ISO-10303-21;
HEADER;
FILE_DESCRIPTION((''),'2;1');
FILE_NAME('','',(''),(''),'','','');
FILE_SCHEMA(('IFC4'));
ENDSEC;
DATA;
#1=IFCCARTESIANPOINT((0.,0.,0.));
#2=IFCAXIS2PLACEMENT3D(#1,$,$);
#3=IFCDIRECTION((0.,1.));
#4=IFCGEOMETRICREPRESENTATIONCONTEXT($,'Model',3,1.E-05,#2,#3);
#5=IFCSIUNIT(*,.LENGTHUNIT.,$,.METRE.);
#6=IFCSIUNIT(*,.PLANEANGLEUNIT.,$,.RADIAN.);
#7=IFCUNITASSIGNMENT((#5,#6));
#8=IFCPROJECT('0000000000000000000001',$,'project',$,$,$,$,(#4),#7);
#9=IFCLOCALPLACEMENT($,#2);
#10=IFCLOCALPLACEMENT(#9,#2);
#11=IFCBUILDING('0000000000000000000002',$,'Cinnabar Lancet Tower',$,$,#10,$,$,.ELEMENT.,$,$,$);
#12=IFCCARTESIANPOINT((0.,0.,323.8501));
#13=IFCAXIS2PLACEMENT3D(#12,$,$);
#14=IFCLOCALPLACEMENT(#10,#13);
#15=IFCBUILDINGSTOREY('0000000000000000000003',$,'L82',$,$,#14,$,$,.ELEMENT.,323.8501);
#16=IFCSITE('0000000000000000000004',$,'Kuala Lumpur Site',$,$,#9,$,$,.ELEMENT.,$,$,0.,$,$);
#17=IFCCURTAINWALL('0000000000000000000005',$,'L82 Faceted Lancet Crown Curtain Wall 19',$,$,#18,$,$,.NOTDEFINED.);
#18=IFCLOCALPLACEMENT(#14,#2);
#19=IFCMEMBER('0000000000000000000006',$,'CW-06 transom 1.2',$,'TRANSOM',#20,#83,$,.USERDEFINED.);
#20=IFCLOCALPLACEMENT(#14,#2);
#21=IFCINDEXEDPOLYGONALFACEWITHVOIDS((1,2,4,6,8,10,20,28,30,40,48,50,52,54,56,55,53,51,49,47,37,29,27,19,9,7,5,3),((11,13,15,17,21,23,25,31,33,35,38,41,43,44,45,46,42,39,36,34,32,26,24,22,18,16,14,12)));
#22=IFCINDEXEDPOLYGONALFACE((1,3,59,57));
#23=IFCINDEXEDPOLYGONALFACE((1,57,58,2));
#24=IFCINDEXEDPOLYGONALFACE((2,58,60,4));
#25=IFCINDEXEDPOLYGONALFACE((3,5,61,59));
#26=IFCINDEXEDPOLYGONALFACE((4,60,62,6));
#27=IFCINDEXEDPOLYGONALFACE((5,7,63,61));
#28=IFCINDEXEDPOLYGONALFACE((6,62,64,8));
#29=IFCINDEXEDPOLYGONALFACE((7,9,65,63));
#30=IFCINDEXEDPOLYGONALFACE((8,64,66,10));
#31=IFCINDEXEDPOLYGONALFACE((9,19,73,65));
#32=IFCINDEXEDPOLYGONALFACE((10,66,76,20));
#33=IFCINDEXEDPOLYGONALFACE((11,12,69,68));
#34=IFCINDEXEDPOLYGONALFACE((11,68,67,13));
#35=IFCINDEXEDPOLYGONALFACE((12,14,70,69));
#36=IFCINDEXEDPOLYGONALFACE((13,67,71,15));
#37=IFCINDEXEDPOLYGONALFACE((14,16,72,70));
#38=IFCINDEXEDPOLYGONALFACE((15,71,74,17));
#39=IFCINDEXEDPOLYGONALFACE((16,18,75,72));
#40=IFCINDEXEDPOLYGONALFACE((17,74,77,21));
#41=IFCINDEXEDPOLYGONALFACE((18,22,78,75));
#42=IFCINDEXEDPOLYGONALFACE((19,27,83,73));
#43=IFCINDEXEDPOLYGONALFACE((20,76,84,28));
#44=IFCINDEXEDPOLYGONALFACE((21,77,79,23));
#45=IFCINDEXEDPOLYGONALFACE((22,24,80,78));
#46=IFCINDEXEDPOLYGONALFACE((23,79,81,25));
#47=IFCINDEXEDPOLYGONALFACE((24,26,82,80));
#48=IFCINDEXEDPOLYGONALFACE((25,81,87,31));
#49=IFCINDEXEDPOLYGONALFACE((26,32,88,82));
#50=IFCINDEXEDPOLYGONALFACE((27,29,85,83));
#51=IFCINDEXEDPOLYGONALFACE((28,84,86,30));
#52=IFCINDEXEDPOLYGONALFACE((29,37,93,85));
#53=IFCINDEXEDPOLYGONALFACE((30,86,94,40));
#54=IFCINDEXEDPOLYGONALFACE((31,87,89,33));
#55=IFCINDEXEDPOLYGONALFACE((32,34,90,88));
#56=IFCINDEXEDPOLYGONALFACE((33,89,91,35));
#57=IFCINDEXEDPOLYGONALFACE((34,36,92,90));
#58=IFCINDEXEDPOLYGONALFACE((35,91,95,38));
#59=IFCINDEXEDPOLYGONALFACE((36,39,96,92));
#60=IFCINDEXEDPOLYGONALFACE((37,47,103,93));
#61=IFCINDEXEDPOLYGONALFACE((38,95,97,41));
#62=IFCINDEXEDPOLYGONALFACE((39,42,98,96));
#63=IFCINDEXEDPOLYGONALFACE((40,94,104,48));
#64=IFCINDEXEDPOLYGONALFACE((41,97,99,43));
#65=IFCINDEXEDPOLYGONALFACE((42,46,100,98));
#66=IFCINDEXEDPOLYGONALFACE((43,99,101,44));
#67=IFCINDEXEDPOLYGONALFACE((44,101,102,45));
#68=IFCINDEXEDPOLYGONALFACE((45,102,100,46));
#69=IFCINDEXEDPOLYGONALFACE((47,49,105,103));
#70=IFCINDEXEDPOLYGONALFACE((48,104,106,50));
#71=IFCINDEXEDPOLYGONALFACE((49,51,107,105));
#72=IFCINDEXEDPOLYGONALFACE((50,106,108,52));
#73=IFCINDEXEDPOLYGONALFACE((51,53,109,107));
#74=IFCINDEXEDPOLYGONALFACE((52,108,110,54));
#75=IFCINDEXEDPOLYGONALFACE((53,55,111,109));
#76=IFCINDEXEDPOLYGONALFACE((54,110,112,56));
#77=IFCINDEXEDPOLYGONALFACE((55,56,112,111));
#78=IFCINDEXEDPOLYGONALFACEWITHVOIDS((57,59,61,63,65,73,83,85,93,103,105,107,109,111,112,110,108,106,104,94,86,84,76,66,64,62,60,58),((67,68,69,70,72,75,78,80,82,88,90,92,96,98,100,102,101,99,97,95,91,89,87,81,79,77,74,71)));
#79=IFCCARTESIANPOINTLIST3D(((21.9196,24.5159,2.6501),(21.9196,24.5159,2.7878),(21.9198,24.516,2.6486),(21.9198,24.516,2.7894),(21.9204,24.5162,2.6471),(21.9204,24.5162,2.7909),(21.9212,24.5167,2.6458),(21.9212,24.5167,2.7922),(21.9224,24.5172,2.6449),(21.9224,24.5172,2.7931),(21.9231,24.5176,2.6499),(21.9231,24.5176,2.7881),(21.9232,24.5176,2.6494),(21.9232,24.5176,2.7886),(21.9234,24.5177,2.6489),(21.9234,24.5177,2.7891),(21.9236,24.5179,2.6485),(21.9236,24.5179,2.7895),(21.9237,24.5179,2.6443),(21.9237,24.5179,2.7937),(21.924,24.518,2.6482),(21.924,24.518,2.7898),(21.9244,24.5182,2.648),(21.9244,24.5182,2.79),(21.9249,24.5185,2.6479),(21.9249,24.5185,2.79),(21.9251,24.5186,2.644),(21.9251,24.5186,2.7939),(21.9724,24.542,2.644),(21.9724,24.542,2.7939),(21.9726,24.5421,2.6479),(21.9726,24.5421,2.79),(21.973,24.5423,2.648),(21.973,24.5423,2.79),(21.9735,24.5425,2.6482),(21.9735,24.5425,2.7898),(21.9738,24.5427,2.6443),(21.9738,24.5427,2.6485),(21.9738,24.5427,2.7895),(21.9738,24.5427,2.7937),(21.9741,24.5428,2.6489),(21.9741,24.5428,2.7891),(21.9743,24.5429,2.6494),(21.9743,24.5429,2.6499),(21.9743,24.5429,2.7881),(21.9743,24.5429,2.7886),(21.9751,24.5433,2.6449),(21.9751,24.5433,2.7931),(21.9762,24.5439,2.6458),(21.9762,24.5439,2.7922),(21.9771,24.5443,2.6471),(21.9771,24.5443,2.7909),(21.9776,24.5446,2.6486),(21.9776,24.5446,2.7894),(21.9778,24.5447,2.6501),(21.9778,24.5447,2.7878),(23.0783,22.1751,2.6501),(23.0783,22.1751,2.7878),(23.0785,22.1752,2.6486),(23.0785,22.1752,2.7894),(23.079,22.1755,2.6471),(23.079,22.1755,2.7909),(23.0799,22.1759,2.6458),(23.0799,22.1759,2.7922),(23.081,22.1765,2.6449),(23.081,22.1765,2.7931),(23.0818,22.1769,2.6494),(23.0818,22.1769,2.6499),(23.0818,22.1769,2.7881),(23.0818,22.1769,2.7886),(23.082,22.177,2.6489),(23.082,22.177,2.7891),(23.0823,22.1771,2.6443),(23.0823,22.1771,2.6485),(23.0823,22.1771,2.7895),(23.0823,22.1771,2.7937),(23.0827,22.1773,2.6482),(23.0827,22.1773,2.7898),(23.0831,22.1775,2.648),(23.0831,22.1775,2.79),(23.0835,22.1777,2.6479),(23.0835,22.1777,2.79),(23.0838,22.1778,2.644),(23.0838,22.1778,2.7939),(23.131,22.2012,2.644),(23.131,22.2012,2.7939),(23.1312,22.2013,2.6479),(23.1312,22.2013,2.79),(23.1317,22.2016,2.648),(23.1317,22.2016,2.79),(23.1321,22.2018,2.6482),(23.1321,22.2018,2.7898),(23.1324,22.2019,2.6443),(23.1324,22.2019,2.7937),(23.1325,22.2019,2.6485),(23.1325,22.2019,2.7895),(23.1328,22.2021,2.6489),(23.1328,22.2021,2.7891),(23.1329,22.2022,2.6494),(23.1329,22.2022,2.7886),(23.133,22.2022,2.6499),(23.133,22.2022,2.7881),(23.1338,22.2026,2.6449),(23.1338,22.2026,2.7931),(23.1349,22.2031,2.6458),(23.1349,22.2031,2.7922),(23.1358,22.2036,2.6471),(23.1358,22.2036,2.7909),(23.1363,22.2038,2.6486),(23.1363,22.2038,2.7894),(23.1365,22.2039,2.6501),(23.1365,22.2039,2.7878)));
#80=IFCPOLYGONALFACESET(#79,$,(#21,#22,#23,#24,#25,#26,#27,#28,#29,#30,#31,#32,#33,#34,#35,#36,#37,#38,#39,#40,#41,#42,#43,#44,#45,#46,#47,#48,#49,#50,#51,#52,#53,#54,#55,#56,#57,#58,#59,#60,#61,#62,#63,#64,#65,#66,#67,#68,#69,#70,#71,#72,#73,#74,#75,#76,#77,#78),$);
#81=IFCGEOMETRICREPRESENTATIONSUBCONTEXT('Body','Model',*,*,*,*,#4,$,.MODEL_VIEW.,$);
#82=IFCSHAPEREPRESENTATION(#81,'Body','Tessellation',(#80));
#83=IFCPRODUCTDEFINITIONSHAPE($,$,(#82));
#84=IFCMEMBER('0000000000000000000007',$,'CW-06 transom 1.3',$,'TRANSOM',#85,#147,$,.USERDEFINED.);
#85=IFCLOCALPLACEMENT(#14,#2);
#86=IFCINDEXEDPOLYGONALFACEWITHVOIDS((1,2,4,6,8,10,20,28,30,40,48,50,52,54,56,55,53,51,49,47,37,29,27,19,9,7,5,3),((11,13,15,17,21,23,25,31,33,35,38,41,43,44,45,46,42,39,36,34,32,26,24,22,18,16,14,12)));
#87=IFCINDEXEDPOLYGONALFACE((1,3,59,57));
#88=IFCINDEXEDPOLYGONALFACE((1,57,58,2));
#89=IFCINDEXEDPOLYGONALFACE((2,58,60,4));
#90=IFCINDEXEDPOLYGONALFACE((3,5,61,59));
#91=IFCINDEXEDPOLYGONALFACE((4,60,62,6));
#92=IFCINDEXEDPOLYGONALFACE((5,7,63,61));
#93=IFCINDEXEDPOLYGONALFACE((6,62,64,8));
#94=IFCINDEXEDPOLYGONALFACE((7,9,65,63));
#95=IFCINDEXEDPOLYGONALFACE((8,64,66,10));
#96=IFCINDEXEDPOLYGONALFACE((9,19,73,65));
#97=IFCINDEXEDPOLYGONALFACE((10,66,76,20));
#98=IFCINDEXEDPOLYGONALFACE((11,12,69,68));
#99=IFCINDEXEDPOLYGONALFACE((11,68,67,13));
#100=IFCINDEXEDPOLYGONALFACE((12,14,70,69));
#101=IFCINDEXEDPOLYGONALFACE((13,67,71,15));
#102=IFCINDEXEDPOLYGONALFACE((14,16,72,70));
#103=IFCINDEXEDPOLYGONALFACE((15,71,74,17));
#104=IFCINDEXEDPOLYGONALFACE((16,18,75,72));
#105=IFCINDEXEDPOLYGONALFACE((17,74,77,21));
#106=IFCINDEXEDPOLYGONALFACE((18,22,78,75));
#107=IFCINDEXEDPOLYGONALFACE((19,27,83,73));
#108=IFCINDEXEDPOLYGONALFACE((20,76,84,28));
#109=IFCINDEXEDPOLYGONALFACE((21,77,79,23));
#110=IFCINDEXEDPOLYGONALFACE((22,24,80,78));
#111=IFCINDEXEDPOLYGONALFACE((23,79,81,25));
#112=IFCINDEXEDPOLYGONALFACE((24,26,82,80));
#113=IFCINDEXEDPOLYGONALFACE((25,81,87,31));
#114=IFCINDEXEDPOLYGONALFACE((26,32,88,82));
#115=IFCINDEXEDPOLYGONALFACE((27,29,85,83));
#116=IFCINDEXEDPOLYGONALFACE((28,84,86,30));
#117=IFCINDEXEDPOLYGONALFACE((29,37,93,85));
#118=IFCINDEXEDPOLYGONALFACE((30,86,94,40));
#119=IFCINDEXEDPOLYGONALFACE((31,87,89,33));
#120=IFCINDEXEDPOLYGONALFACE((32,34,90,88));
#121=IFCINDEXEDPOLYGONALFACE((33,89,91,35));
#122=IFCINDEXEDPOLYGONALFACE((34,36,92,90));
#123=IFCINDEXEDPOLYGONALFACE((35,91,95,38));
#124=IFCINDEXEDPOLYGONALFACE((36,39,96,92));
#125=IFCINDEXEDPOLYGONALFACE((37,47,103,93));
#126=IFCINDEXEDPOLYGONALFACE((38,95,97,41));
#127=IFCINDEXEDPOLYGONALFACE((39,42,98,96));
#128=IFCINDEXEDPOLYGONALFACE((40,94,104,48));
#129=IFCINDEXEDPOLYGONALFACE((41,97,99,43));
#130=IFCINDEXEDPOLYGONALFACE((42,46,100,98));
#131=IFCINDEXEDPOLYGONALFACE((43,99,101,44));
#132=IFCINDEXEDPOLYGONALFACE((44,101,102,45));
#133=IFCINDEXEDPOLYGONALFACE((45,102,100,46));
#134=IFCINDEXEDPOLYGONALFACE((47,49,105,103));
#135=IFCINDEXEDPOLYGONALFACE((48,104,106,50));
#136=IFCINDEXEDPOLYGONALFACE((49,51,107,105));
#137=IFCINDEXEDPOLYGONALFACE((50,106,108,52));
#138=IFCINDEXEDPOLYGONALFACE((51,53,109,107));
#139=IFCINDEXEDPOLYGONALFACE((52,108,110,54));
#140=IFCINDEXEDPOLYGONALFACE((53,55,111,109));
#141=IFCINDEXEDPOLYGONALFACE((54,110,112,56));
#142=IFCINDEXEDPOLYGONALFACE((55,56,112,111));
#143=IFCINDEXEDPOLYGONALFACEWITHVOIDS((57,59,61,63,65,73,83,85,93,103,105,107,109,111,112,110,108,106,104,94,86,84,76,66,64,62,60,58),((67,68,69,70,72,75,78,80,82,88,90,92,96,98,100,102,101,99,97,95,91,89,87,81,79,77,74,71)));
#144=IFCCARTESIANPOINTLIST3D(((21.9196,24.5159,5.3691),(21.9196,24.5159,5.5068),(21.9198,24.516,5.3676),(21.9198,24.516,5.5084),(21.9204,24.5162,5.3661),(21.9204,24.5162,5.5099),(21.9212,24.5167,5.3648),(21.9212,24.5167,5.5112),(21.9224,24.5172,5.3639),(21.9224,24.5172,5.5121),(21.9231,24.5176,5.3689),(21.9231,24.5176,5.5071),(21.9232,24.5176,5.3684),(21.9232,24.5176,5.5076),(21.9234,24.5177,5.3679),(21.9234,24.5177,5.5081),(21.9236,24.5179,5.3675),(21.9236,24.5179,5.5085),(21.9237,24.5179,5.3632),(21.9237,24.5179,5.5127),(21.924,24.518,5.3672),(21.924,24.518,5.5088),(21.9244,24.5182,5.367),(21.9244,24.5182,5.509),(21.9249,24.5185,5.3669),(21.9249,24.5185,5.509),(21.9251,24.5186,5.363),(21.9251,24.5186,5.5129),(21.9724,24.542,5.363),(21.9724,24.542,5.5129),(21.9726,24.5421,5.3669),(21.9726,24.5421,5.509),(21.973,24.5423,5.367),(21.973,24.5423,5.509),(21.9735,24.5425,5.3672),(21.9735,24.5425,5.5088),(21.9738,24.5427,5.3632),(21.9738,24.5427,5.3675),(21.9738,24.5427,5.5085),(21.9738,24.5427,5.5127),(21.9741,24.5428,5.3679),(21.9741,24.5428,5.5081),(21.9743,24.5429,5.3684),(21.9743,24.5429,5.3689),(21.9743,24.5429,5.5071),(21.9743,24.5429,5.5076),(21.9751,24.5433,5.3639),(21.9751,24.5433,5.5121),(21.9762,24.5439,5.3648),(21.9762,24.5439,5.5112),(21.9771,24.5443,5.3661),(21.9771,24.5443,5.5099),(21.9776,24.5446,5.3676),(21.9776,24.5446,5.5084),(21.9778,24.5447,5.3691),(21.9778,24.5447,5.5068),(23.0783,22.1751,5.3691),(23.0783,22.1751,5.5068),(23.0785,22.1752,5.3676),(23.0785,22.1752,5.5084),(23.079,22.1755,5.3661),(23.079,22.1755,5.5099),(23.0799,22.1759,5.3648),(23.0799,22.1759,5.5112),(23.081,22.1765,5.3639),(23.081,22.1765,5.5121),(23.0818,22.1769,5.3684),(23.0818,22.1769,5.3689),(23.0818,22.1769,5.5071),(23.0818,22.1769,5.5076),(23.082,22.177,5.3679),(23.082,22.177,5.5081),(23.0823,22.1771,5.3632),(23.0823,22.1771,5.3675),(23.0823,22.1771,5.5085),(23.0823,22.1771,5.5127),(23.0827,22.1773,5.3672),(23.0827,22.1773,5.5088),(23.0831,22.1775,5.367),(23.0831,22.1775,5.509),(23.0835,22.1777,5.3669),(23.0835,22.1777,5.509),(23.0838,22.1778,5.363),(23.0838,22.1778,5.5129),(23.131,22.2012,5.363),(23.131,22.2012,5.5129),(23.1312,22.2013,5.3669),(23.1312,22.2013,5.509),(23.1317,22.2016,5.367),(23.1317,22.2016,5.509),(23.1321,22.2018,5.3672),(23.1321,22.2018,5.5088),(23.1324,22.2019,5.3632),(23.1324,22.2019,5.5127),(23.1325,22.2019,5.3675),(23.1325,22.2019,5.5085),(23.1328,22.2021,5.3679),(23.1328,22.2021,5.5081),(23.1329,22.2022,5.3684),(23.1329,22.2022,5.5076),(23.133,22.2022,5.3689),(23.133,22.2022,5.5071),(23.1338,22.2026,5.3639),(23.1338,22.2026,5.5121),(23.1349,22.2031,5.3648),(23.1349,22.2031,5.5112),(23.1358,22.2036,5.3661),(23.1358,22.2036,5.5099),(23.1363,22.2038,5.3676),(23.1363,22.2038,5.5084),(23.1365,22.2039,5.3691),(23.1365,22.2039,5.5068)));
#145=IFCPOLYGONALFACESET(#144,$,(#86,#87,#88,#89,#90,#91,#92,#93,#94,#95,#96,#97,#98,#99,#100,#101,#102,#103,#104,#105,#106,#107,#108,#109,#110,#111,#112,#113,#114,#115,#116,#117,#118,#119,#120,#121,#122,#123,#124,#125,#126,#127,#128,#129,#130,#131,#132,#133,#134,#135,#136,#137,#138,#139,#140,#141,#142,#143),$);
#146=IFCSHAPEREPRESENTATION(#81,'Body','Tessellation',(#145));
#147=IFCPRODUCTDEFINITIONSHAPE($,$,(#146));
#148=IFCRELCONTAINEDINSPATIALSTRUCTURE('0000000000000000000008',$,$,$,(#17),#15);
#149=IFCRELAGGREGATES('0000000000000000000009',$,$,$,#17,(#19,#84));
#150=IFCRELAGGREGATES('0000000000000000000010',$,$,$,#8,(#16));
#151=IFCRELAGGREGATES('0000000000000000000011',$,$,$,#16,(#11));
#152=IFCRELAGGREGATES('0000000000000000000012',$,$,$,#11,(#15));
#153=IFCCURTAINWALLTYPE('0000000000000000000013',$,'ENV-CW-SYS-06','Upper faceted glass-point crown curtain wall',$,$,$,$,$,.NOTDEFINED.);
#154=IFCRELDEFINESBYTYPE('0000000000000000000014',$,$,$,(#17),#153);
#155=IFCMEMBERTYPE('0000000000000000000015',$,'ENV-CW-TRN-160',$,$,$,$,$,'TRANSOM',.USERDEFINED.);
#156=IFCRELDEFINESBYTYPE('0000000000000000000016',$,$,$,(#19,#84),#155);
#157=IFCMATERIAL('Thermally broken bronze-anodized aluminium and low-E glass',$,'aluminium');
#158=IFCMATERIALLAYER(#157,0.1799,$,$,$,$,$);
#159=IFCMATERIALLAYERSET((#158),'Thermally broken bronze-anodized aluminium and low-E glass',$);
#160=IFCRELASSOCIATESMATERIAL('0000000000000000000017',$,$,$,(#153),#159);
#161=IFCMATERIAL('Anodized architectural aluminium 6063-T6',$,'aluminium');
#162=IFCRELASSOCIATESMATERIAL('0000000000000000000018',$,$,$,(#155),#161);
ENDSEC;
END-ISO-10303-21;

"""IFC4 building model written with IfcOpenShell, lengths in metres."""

from ifc_helpers import new_model, si_unit, direction, frame, origin, origin_2d, place, context, subcontext, project, spatial, hollow_rectangle, extrude, material, layer, layer_set, material_profile, profile_set, type_object, element, aggregate, save


model = new_model("IFC4")

# Units and contexts
model_context = context("Model", 3, precision=1e-05, world=origin(), true_north=direction((0.0, 1.0)))
body_context = subcontext(model_context, "Body", "Model", "MODEL_VIEW")
ifc_project = project(units=[si_unit("LENGTHUNIT", "METRE"), si_unit("PLANEANGLEUNIT", "RADIAN")], contexts=[model_context])

# Site, building, storey
site_placement = place(None, origin())
site = spatial("IfcSite", under=ifc_project, at=site_placement, Name="Kuala Lumpur Site", CompositionType="ELEMENT", RefElevation=0.0)
building_placement = place(site_placement, origin())
building = spatial("IfcBuilding", under=site, at=building_placement, Name="Cinnabar Lancet Tower", CompositionType="ELEMENT")
storey_placement = place(building_placement, frame((0.0, 0.0, 323.8501)))
storey = spatial("IfcBuildingStorey", under=building, at=storey_placement, Name="L82", CompositionType="ELEMENT", Elevation=323.8501)

# Curtain wall
ifc_material_1 = material(Name="Thermally broken bronze-anodized aluminium and low-E glass", Category="aluminium")
ifc_layer_1 = layer(ifc_material_1, 0.1799)
ifc_layer_set_1 = layer_set([ifc_layer_1], Name="Thermally broken bronze-anodized aluminium and low-E glass")
curtain_wall_type = type_object("IfcCurtainWallType", Name="ENV-CW-SYS-06", Description="Upper faceted glass-point crown curtain wall", PredefinedType="NOTDEFINED", material=ifc_layer_set_1)
curtain_wall_1_placement = place(storey_placement, origin())
curtain_wall_1 = element("IfcCurtainWall", 1, at=curtain_wall_1_placement, inside=storey, type_object=curtain_wall_type, Name="L82 Faceted Lancet Crown Curtain Wall 19", PredefinedType="NOTDEFINED")

# Members
ifc_material_2 = material(Name="Anodized architectural aluminium 6063-T6", Category="aluminium")
ifc_material_profile_1 = material_profile(ifc_material_2, hollow_rectangle(XDim=0.0649, YDim=0.1499, WallThickness=0.0039, InnerFilletRadius=0.002, OuterFilletRadius=0.0061, at=origin_2d()), Name="CW-TRN 150x65x4")
ifc_profile_set_1 = profile_set([ifc_material_profile_1], Name="Anodized architectural aluminium 6063-T6")
member_type_1 = type_object("IfcMemberType", Name="ENV-CW-TRN-160", ElementType="TRANSOM", PredefinedType="USERDEFINED", material=ifc_profile_set_1)
member_1_placement = place(storey_placement, frame((21.9487, 24.5303, 2.719), z_axis=(0.443621, -0.896215, 0.0), x_axis=(0.896215, 0.443621, 0.0)))
member_1 = element("IfcMember", 2, at=member_1_placement, type_object=member_type_1, Name="CW-06 transom 1.2", ObjectType="TRANSOM", PredefinedType="USERDEFINED", context=body_context, shape_type="SweptSolid", body=[
    extrude(hollow_rectangle(XDim=0.0649, YDim=0.1499, WallThickness=0.0039, InnerFilletRadius=0.002, OuterFilletRadius=0.0061, at=origin_2d()), origin(), (0.0, 0.0, 1.0), 2.6118),
])
member_2_placement = place(storey_placement, frame((21.9487, 24.5303, 5.438), z_axis=(0.443621, -0.896215, 0.0), x_axis=(0.896215, 0.443621, 0.0)))
member_2 = element("IfcMember", 3, at=member_2_placement, type_object=member_type_1, Name="CW-06 transom 1.3", ObjectType="TRANSOM", PredefinedType="USERDEFINED", context=body_context, shape_type="SweptSolid", body=[
    extrude(hollow_rectangle(XDim=0.0649, YDim=0.1499, WallThickness=0.0039, InnerFilletRadius=0.002, OuterFilletRadius=0.0061, at=origin_2d()), origin(), (0.0, 0.0, 1.0), 2.6118),
])

aggregate(curtain_wall_1, [member_1, member_2])

save(model, "model.ifc")
